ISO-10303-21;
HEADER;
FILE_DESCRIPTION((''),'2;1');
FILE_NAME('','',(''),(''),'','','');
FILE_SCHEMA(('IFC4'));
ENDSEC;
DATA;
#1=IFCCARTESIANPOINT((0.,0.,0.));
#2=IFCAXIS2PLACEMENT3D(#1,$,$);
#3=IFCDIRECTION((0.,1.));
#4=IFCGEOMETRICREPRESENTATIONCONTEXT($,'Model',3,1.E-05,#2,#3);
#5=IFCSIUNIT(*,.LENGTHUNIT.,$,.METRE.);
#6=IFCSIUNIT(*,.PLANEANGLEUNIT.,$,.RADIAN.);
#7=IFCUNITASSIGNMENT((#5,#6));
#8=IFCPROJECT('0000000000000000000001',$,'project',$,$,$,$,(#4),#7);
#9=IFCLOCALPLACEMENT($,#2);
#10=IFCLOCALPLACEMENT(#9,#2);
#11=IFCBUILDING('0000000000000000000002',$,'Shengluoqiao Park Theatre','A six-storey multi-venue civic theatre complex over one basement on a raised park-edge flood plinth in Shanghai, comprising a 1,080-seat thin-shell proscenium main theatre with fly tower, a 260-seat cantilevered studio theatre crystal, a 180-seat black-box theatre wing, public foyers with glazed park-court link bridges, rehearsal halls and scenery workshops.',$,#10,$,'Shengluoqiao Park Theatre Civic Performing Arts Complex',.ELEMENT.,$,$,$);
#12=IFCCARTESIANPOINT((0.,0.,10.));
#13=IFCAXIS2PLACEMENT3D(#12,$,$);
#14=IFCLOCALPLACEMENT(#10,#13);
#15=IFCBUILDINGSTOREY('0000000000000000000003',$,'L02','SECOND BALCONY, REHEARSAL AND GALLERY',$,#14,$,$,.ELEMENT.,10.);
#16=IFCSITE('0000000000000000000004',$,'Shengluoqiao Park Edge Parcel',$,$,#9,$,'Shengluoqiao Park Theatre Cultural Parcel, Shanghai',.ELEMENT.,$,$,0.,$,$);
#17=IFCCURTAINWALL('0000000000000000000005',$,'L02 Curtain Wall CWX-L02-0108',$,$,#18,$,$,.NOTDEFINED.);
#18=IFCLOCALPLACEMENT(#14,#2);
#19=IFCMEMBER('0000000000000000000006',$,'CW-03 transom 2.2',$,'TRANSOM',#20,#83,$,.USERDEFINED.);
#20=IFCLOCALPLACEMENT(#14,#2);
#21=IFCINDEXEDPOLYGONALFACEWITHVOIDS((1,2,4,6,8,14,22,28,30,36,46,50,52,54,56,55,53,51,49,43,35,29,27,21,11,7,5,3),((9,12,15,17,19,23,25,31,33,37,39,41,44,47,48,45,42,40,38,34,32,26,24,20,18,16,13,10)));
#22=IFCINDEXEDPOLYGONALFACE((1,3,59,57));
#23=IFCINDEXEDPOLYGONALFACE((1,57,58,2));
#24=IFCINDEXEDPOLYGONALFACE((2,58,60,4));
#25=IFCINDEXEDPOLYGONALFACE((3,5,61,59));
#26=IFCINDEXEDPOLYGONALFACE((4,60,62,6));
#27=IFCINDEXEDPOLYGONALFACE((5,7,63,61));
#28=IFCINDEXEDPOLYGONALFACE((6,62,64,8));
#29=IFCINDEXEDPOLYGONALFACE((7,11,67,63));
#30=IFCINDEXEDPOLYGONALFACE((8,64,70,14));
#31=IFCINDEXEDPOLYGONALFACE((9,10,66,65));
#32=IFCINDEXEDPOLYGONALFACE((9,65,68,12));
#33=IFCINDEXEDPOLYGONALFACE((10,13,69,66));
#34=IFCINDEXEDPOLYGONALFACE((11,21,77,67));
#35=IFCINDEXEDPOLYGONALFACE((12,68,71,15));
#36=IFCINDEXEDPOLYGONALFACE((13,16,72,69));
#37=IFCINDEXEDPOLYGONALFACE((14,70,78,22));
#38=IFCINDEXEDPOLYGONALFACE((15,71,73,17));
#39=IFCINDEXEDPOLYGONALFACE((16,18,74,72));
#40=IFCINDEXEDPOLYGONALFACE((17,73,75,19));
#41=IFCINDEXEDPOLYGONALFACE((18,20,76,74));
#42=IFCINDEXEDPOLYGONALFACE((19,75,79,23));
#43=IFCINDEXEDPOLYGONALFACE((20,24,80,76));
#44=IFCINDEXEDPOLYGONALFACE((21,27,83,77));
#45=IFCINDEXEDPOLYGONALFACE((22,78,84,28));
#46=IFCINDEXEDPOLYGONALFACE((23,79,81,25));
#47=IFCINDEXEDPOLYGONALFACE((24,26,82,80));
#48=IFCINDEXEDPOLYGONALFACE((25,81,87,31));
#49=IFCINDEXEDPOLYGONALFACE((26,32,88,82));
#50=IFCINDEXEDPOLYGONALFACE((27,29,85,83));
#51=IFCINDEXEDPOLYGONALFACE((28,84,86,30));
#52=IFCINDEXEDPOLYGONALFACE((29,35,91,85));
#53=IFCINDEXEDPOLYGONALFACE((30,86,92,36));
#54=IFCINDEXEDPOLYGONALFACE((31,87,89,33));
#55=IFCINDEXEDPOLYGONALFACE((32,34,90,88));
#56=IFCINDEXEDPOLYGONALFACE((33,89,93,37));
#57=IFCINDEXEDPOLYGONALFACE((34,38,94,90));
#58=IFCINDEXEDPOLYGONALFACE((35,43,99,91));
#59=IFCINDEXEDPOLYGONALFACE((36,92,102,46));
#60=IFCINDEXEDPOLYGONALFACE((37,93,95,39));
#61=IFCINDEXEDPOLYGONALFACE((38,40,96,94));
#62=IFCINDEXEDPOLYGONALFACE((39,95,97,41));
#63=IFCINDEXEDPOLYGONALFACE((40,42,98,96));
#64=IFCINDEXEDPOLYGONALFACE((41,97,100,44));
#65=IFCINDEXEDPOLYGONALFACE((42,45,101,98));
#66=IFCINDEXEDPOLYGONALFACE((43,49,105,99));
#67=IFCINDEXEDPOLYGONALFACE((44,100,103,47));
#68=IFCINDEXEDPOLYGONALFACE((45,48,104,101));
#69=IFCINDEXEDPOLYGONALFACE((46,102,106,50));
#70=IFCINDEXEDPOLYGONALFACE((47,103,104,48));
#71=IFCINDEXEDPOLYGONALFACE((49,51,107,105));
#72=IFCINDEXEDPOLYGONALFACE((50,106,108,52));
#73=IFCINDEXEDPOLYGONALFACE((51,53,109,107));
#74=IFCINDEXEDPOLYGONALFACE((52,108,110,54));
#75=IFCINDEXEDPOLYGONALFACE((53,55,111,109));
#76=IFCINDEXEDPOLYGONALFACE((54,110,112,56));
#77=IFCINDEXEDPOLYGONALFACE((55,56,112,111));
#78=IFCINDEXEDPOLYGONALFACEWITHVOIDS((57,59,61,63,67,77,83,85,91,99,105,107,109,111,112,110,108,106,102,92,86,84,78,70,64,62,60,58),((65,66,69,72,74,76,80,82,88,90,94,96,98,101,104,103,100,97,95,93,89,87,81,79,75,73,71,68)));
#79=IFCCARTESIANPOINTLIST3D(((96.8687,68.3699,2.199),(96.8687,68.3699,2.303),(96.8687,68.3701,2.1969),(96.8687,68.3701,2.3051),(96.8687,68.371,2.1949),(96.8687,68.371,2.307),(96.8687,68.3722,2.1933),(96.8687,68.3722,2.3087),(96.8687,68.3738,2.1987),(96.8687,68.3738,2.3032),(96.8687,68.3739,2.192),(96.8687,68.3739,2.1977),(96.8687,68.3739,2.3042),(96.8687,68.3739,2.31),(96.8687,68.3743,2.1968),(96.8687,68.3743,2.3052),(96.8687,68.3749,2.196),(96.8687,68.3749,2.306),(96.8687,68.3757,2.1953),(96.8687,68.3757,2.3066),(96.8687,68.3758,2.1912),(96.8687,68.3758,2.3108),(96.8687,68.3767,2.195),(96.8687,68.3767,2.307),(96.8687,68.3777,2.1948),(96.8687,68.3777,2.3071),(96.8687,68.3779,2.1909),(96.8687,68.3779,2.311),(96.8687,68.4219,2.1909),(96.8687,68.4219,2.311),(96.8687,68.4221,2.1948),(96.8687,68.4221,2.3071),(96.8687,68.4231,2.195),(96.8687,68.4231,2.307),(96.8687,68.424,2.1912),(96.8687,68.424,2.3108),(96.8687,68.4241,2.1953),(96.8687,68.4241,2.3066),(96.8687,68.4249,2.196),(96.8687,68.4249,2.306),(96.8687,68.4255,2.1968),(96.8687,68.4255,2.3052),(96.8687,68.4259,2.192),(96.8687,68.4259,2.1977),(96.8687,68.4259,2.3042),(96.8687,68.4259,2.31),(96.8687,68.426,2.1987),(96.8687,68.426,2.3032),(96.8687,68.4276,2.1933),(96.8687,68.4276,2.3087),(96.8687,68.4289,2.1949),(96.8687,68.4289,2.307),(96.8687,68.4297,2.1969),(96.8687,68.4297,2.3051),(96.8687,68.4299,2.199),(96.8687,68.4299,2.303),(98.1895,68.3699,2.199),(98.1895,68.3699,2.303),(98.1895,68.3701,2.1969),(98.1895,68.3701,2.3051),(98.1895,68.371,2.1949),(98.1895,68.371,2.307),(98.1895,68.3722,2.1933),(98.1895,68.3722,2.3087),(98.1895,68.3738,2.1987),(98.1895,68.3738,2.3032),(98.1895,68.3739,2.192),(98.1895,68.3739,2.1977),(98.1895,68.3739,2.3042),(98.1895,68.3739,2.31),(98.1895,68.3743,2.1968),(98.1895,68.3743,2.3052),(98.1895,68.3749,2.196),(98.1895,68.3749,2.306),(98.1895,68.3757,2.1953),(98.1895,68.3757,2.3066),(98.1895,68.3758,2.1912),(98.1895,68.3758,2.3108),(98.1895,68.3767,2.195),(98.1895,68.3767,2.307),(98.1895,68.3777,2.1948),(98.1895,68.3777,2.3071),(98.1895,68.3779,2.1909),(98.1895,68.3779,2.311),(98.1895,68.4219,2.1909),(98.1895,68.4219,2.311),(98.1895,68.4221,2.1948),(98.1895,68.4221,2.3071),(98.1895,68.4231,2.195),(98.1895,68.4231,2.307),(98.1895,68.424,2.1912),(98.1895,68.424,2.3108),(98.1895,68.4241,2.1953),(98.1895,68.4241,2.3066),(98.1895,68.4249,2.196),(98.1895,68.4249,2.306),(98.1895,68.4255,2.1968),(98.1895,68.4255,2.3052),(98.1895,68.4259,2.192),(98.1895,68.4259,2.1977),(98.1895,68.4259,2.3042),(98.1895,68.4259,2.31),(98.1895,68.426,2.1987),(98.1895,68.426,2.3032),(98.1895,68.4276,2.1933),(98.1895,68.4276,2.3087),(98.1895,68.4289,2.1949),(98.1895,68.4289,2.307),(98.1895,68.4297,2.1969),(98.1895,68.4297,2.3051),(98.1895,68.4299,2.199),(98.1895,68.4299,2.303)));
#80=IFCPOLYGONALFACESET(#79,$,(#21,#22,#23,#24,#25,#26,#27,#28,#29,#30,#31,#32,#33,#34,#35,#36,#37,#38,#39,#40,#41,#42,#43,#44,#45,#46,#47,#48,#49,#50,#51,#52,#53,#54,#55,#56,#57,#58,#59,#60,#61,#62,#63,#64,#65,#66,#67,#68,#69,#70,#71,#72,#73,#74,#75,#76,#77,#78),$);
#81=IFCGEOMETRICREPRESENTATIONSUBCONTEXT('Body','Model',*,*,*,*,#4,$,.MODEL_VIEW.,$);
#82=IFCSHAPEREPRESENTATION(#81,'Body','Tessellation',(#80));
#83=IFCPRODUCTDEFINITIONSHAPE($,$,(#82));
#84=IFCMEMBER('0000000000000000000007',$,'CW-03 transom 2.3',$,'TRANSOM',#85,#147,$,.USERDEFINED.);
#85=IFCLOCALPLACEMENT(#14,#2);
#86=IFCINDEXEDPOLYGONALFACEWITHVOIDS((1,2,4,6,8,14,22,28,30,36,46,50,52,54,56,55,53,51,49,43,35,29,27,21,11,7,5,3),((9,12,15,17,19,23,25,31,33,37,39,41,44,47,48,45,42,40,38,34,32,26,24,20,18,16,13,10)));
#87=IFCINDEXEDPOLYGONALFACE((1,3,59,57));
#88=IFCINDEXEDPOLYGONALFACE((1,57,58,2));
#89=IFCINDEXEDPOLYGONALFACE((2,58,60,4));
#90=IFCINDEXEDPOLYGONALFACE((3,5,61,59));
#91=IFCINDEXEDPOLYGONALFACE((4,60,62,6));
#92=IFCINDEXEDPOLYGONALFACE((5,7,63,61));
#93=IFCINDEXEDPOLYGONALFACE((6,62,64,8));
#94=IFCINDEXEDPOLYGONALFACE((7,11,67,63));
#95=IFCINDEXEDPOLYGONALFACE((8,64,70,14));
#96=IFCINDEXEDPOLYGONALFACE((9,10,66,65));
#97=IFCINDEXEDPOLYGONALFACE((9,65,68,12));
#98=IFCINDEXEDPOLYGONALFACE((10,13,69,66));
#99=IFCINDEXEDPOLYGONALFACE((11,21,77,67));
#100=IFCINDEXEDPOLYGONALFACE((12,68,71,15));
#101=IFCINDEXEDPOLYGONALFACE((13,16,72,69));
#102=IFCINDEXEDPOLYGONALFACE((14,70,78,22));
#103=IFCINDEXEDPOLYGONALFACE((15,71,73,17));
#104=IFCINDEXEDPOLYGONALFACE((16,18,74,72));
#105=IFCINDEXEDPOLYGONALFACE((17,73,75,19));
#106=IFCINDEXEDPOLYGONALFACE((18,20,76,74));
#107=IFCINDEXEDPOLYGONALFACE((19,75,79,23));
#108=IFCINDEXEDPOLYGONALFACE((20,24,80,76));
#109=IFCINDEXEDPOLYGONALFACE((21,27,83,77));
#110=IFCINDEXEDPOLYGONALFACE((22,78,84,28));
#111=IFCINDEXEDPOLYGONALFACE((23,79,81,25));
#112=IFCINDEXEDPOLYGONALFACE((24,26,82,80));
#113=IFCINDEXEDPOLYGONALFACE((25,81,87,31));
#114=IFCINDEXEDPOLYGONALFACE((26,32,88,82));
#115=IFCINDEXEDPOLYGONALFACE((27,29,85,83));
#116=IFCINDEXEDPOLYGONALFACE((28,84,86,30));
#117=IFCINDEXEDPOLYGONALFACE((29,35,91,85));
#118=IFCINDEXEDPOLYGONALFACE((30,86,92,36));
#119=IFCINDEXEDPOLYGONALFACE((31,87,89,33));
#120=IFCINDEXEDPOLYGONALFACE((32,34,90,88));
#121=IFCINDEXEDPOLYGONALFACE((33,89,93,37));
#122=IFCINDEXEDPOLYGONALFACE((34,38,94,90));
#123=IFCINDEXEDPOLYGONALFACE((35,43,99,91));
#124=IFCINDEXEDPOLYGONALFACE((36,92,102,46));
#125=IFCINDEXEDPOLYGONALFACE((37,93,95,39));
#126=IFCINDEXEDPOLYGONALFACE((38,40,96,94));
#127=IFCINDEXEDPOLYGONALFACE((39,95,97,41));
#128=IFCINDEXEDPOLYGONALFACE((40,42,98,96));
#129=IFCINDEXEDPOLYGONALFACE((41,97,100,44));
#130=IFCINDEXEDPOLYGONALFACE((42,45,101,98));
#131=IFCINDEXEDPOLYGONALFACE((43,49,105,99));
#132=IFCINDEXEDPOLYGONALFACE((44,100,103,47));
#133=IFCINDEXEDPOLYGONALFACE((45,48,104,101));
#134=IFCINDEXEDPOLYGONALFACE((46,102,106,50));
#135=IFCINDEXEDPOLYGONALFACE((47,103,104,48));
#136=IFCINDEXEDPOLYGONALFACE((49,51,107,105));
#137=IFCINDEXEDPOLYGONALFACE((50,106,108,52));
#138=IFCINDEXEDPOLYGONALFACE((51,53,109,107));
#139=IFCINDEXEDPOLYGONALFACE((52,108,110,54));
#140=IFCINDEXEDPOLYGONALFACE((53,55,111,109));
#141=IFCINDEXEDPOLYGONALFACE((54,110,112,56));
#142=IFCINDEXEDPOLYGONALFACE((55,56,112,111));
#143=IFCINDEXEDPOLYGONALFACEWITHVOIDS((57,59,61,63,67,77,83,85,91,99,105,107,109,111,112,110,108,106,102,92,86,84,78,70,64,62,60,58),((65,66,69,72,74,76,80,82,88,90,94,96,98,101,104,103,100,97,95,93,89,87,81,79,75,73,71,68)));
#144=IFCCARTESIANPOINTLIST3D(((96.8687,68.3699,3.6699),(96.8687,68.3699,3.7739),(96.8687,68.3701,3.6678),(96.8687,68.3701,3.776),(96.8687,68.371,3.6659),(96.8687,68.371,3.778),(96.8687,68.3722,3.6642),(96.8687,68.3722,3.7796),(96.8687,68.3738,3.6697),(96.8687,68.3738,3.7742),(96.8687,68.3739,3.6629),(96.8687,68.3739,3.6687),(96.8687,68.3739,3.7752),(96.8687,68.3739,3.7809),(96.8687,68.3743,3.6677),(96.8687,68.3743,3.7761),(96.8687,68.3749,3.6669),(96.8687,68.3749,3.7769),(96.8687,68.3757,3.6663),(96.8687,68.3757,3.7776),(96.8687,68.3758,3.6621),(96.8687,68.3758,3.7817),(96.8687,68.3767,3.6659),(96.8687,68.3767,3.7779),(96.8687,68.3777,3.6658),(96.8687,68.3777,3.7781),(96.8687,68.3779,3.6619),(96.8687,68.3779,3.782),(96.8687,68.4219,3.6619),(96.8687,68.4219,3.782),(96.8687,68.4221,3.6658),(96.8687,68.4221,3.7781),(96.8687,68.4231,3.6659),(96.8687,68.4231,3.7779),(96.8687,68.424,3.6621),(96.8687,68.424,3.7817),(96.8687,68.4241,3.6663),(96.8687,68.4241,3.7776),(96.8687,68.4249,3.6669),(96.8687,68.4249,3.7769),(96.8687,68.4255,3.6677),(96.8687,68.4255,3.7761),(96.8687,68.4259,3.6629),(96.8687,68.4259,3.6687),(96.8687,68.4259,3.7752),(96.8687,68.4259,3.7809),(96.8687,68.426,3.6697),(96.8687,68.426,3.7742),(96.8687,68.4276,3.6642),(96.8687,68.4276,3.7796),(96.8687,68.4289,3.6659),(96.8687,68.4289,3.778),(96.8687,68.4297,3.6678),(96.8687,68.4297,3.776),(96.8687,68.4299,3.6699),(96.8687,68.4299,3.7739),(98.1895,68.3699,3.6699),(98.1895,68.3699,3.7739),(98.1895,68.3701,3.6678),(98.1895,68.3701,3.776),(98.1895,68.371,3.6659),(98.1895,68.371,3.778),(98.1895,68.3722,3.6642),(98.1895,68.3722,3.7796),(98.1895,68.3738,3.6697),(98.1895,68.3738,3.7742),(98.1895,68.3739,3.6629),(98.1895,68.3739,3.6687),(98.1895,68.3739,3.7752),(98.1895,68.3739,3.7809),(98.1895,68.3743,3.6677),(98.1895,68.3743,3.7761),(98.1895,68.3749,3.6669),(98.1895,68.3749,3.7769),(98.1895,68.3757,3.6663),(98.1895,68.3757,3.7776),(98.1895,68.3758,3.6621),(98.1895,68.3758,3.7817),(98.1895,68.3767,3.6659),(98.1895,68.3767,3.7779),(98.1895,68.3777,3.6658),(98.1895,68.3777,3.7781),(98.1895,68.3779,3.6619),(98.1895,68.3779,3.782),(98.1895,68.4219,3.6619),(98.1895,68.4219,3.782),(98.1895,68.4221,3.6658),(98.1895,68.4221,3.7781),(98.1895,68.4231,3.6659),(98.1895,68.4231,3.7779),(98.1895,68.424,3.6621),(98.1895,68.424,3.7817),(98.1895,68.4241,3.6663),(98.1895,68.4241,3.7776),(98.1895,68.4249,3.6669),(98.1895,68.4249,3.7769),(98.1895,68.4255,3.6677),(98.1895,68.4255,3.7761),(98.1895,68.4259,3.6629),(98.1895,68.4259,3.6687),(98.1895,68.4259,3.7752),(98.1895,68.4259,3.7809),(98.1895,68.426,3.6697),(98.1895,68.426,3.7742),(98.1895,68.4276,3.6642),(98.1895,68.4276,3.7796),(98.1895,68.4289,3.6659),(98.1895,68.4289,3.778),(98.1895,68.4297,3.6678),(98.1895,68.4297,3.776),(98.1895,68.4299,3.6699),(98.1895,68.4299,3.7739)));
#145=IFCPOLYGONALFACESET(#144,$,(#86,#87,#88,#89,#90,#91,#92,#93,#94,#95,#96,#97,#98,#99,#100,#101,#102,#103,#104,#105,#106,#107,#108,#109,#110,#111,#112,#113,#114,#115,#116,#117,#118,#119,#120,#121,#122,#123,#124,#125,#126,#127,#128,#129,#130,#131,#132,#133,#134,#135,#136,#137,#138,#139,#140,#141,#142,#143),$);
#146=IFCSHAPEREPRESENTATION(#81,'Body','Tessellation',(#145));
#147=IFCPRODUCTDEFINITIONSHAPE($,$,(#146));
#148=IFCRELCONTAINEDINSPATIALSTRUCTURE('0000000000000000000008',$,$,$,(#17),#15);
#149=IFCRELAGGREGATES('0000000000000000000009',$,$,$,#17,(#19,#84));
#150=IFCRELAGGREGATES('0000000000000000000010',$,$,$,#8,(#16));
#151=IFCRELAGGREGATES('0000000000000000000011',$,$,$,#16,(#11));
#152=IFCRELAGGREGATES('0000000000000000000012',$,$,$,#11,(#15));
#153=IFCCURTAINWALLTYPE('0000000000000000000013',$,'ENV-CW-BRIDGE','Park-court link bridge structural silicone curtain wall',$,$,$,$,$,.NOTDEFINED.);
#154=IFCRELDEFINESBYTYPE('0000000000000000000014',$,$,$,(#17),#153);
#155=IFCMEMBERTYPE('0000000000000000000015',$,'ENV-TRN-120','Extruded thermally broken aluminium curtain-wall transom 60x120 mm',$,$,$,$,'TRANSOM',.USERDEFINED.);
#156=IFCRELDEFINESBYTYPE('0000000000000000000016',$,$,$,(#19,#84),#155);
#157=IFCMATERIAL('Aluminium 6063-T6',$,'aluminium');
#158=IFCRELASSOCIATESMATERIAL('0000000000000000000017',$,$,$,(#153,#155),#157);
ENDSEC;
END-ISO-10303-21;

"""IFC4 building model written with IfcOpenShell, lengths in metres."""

from ifc_helpers import new_model, si_unit, direction, frame, origin, origin_2d, place, context, subcontext, project, spatial, hollow_rectangle, extrude, material, material_profile, profile_set, type_object, element, aggregate, save


model = new_model("IFC4")

# Units and contexts
model_context = context("Model", 3, precision=1e-05, world=origin(), true_north=direction((0.0, 1.0)))
body_context = subcontext(model_context, "Body", "Model", "MODEL_VIEW")
ifc_project = project(units=[si_unit("LENGTHUNIT", "METRE"), si_unit("PLANEANGLEUNIT", "RADIAN")], contexts=[model_context])

# Site, building, storey
site_placement = place(None, origin())
site = spatial("IfcSite", under=ifc_project, at=site_placement, Name="Shengluoqiao Park Edge Parcel", LongName="Shengluoqiao Park Theatre Cultural Parcel, Shanghai", CompositionType="ELEMENT", RefElevation=0.0)
building_placement = place(site_placement, origin())
building = spatial("IfcBuilding", under=site, at=building_placement, Name="Shengluoqiao Park Theatre", Description="A six-storey multi-venue civic theatre complex over one basement on a raised park-edge flood plinth in Shanghai, comprising a 1,080-seat thin-shell proscenium main theatre with fly tower, a 260-seat cantilevered studio theatre crystal, a 180-seat black-box theatre wing, public foyers with glazed park-court link bridges, rehearsal halls and scenery workshops.", LongName="Shengluoqiao Park Theatre Civic Performing Arts Complex", CompositionType="ELEMENT")
storey_placement = place(building_placement, frame((0.0, 0.0, 10.0)))
storey = spatial("IfcBuildingStorey", under=building, at=storey_placement, Name="L02", Description="SECOND BALCONY, REHEARSAL AND GALLERY", CompositionType="ELEMENT", Elevation=10.0)

# Curtain wall, members
ifc_material_1 = material(Name="Aluminium 6063-T6", Category="aluminium")
curtain_wall_type = type_object("IfcCurtainWallType", Name="ENV-CW-BRIDGE", Description="Park-court link bridge structural silicone curtain wall", PredefinedType="NOTDEFINED", material=ifc_material_1)
curtain_wall_placement = place(storey_placement, origin())
curtain_wall = element("IfcCurtainWall", 1, at=curtain_wall_placement, inside=storey, type_object=curtain_wall_type, Name="L02 Curtain Wall CWX-L02-0108", PredefinedType="NOTDEFINED")
ifc_material_profile_1 = material_profile(ifc_material_1, hollow_rectangle(XDim=0.0601, YDim=0.1201, WallThickness=0.0039, InnerFilletRadius=0.0039, OuterFilletRadius=0.0081, at=origin_2d()), Name="ALU TRANSOM 120x60x4")
ifc_profile_set_1 = profile_set([ifc_material_profile_1], Name="Aluminium 6063-T6")
member_type_1 = type_object("IfcMemberType", Name="ENV-TRN-120", Description="Extruded thermally broken aluminium curtain-wall transom 60x120 mm", ElementType="TRANSOM", PredefinedType="USERDEFINED", material=ifc_profile_set_1)
member_1_placement = place(storey_placement, frame((96.8687, 68.3999, 2.251), z_axis=(1.0, 0.0, 0.0), x_axis=(0.0, 1.0, 0.0)))
member_1 = element("IfcMember", 2, at=member_1_placement, type_object=member_type_1, Name="CW-03 transom 2.2", ObjectType="TRANSOM", PredefinedType="USERDEFINED", context=body_context, shape_type="SweptSolid", body=[
    extrude(hollow_rectangle(XDim=0.0601, YDim=0.1201, WallThickness=0.0039, InnerFilletRadius=0.0039, OuterFilletRadius=0.0081, at=origin_2d()), origin(), (0.0, 0.0, 1.0), 1.3208),
])
member_2_placement = place(storey_placement, frame((96.8687, 68.3999, 3.7219), z_axis=(1.0, 0.0, 0.0), x_axis=(0.0, 1.0, 0.0)))
member_2 = element("IfcMember", 3, at=member_2_placement, type_object=member_type_1, Name="CW-03 transom 2.3", ObjectType="TRANSOM", PredefinedType="USERDEFINED", context=body_context, shape_type="SweptSolid", body=[
    extrude(hollow_rectangle(XDim=0.0601, YDim=0.1201, WallThickness=0.0039, InnerFilletRadius=0.0039, OuterFilletRadius=0.0081, at=origin_2d()), origin(), (0.0, 0.0, 1.0), 1.3208),
])

aggregate(curtain_wall, [member_1, member_2])

save(model, "model.ifc")
